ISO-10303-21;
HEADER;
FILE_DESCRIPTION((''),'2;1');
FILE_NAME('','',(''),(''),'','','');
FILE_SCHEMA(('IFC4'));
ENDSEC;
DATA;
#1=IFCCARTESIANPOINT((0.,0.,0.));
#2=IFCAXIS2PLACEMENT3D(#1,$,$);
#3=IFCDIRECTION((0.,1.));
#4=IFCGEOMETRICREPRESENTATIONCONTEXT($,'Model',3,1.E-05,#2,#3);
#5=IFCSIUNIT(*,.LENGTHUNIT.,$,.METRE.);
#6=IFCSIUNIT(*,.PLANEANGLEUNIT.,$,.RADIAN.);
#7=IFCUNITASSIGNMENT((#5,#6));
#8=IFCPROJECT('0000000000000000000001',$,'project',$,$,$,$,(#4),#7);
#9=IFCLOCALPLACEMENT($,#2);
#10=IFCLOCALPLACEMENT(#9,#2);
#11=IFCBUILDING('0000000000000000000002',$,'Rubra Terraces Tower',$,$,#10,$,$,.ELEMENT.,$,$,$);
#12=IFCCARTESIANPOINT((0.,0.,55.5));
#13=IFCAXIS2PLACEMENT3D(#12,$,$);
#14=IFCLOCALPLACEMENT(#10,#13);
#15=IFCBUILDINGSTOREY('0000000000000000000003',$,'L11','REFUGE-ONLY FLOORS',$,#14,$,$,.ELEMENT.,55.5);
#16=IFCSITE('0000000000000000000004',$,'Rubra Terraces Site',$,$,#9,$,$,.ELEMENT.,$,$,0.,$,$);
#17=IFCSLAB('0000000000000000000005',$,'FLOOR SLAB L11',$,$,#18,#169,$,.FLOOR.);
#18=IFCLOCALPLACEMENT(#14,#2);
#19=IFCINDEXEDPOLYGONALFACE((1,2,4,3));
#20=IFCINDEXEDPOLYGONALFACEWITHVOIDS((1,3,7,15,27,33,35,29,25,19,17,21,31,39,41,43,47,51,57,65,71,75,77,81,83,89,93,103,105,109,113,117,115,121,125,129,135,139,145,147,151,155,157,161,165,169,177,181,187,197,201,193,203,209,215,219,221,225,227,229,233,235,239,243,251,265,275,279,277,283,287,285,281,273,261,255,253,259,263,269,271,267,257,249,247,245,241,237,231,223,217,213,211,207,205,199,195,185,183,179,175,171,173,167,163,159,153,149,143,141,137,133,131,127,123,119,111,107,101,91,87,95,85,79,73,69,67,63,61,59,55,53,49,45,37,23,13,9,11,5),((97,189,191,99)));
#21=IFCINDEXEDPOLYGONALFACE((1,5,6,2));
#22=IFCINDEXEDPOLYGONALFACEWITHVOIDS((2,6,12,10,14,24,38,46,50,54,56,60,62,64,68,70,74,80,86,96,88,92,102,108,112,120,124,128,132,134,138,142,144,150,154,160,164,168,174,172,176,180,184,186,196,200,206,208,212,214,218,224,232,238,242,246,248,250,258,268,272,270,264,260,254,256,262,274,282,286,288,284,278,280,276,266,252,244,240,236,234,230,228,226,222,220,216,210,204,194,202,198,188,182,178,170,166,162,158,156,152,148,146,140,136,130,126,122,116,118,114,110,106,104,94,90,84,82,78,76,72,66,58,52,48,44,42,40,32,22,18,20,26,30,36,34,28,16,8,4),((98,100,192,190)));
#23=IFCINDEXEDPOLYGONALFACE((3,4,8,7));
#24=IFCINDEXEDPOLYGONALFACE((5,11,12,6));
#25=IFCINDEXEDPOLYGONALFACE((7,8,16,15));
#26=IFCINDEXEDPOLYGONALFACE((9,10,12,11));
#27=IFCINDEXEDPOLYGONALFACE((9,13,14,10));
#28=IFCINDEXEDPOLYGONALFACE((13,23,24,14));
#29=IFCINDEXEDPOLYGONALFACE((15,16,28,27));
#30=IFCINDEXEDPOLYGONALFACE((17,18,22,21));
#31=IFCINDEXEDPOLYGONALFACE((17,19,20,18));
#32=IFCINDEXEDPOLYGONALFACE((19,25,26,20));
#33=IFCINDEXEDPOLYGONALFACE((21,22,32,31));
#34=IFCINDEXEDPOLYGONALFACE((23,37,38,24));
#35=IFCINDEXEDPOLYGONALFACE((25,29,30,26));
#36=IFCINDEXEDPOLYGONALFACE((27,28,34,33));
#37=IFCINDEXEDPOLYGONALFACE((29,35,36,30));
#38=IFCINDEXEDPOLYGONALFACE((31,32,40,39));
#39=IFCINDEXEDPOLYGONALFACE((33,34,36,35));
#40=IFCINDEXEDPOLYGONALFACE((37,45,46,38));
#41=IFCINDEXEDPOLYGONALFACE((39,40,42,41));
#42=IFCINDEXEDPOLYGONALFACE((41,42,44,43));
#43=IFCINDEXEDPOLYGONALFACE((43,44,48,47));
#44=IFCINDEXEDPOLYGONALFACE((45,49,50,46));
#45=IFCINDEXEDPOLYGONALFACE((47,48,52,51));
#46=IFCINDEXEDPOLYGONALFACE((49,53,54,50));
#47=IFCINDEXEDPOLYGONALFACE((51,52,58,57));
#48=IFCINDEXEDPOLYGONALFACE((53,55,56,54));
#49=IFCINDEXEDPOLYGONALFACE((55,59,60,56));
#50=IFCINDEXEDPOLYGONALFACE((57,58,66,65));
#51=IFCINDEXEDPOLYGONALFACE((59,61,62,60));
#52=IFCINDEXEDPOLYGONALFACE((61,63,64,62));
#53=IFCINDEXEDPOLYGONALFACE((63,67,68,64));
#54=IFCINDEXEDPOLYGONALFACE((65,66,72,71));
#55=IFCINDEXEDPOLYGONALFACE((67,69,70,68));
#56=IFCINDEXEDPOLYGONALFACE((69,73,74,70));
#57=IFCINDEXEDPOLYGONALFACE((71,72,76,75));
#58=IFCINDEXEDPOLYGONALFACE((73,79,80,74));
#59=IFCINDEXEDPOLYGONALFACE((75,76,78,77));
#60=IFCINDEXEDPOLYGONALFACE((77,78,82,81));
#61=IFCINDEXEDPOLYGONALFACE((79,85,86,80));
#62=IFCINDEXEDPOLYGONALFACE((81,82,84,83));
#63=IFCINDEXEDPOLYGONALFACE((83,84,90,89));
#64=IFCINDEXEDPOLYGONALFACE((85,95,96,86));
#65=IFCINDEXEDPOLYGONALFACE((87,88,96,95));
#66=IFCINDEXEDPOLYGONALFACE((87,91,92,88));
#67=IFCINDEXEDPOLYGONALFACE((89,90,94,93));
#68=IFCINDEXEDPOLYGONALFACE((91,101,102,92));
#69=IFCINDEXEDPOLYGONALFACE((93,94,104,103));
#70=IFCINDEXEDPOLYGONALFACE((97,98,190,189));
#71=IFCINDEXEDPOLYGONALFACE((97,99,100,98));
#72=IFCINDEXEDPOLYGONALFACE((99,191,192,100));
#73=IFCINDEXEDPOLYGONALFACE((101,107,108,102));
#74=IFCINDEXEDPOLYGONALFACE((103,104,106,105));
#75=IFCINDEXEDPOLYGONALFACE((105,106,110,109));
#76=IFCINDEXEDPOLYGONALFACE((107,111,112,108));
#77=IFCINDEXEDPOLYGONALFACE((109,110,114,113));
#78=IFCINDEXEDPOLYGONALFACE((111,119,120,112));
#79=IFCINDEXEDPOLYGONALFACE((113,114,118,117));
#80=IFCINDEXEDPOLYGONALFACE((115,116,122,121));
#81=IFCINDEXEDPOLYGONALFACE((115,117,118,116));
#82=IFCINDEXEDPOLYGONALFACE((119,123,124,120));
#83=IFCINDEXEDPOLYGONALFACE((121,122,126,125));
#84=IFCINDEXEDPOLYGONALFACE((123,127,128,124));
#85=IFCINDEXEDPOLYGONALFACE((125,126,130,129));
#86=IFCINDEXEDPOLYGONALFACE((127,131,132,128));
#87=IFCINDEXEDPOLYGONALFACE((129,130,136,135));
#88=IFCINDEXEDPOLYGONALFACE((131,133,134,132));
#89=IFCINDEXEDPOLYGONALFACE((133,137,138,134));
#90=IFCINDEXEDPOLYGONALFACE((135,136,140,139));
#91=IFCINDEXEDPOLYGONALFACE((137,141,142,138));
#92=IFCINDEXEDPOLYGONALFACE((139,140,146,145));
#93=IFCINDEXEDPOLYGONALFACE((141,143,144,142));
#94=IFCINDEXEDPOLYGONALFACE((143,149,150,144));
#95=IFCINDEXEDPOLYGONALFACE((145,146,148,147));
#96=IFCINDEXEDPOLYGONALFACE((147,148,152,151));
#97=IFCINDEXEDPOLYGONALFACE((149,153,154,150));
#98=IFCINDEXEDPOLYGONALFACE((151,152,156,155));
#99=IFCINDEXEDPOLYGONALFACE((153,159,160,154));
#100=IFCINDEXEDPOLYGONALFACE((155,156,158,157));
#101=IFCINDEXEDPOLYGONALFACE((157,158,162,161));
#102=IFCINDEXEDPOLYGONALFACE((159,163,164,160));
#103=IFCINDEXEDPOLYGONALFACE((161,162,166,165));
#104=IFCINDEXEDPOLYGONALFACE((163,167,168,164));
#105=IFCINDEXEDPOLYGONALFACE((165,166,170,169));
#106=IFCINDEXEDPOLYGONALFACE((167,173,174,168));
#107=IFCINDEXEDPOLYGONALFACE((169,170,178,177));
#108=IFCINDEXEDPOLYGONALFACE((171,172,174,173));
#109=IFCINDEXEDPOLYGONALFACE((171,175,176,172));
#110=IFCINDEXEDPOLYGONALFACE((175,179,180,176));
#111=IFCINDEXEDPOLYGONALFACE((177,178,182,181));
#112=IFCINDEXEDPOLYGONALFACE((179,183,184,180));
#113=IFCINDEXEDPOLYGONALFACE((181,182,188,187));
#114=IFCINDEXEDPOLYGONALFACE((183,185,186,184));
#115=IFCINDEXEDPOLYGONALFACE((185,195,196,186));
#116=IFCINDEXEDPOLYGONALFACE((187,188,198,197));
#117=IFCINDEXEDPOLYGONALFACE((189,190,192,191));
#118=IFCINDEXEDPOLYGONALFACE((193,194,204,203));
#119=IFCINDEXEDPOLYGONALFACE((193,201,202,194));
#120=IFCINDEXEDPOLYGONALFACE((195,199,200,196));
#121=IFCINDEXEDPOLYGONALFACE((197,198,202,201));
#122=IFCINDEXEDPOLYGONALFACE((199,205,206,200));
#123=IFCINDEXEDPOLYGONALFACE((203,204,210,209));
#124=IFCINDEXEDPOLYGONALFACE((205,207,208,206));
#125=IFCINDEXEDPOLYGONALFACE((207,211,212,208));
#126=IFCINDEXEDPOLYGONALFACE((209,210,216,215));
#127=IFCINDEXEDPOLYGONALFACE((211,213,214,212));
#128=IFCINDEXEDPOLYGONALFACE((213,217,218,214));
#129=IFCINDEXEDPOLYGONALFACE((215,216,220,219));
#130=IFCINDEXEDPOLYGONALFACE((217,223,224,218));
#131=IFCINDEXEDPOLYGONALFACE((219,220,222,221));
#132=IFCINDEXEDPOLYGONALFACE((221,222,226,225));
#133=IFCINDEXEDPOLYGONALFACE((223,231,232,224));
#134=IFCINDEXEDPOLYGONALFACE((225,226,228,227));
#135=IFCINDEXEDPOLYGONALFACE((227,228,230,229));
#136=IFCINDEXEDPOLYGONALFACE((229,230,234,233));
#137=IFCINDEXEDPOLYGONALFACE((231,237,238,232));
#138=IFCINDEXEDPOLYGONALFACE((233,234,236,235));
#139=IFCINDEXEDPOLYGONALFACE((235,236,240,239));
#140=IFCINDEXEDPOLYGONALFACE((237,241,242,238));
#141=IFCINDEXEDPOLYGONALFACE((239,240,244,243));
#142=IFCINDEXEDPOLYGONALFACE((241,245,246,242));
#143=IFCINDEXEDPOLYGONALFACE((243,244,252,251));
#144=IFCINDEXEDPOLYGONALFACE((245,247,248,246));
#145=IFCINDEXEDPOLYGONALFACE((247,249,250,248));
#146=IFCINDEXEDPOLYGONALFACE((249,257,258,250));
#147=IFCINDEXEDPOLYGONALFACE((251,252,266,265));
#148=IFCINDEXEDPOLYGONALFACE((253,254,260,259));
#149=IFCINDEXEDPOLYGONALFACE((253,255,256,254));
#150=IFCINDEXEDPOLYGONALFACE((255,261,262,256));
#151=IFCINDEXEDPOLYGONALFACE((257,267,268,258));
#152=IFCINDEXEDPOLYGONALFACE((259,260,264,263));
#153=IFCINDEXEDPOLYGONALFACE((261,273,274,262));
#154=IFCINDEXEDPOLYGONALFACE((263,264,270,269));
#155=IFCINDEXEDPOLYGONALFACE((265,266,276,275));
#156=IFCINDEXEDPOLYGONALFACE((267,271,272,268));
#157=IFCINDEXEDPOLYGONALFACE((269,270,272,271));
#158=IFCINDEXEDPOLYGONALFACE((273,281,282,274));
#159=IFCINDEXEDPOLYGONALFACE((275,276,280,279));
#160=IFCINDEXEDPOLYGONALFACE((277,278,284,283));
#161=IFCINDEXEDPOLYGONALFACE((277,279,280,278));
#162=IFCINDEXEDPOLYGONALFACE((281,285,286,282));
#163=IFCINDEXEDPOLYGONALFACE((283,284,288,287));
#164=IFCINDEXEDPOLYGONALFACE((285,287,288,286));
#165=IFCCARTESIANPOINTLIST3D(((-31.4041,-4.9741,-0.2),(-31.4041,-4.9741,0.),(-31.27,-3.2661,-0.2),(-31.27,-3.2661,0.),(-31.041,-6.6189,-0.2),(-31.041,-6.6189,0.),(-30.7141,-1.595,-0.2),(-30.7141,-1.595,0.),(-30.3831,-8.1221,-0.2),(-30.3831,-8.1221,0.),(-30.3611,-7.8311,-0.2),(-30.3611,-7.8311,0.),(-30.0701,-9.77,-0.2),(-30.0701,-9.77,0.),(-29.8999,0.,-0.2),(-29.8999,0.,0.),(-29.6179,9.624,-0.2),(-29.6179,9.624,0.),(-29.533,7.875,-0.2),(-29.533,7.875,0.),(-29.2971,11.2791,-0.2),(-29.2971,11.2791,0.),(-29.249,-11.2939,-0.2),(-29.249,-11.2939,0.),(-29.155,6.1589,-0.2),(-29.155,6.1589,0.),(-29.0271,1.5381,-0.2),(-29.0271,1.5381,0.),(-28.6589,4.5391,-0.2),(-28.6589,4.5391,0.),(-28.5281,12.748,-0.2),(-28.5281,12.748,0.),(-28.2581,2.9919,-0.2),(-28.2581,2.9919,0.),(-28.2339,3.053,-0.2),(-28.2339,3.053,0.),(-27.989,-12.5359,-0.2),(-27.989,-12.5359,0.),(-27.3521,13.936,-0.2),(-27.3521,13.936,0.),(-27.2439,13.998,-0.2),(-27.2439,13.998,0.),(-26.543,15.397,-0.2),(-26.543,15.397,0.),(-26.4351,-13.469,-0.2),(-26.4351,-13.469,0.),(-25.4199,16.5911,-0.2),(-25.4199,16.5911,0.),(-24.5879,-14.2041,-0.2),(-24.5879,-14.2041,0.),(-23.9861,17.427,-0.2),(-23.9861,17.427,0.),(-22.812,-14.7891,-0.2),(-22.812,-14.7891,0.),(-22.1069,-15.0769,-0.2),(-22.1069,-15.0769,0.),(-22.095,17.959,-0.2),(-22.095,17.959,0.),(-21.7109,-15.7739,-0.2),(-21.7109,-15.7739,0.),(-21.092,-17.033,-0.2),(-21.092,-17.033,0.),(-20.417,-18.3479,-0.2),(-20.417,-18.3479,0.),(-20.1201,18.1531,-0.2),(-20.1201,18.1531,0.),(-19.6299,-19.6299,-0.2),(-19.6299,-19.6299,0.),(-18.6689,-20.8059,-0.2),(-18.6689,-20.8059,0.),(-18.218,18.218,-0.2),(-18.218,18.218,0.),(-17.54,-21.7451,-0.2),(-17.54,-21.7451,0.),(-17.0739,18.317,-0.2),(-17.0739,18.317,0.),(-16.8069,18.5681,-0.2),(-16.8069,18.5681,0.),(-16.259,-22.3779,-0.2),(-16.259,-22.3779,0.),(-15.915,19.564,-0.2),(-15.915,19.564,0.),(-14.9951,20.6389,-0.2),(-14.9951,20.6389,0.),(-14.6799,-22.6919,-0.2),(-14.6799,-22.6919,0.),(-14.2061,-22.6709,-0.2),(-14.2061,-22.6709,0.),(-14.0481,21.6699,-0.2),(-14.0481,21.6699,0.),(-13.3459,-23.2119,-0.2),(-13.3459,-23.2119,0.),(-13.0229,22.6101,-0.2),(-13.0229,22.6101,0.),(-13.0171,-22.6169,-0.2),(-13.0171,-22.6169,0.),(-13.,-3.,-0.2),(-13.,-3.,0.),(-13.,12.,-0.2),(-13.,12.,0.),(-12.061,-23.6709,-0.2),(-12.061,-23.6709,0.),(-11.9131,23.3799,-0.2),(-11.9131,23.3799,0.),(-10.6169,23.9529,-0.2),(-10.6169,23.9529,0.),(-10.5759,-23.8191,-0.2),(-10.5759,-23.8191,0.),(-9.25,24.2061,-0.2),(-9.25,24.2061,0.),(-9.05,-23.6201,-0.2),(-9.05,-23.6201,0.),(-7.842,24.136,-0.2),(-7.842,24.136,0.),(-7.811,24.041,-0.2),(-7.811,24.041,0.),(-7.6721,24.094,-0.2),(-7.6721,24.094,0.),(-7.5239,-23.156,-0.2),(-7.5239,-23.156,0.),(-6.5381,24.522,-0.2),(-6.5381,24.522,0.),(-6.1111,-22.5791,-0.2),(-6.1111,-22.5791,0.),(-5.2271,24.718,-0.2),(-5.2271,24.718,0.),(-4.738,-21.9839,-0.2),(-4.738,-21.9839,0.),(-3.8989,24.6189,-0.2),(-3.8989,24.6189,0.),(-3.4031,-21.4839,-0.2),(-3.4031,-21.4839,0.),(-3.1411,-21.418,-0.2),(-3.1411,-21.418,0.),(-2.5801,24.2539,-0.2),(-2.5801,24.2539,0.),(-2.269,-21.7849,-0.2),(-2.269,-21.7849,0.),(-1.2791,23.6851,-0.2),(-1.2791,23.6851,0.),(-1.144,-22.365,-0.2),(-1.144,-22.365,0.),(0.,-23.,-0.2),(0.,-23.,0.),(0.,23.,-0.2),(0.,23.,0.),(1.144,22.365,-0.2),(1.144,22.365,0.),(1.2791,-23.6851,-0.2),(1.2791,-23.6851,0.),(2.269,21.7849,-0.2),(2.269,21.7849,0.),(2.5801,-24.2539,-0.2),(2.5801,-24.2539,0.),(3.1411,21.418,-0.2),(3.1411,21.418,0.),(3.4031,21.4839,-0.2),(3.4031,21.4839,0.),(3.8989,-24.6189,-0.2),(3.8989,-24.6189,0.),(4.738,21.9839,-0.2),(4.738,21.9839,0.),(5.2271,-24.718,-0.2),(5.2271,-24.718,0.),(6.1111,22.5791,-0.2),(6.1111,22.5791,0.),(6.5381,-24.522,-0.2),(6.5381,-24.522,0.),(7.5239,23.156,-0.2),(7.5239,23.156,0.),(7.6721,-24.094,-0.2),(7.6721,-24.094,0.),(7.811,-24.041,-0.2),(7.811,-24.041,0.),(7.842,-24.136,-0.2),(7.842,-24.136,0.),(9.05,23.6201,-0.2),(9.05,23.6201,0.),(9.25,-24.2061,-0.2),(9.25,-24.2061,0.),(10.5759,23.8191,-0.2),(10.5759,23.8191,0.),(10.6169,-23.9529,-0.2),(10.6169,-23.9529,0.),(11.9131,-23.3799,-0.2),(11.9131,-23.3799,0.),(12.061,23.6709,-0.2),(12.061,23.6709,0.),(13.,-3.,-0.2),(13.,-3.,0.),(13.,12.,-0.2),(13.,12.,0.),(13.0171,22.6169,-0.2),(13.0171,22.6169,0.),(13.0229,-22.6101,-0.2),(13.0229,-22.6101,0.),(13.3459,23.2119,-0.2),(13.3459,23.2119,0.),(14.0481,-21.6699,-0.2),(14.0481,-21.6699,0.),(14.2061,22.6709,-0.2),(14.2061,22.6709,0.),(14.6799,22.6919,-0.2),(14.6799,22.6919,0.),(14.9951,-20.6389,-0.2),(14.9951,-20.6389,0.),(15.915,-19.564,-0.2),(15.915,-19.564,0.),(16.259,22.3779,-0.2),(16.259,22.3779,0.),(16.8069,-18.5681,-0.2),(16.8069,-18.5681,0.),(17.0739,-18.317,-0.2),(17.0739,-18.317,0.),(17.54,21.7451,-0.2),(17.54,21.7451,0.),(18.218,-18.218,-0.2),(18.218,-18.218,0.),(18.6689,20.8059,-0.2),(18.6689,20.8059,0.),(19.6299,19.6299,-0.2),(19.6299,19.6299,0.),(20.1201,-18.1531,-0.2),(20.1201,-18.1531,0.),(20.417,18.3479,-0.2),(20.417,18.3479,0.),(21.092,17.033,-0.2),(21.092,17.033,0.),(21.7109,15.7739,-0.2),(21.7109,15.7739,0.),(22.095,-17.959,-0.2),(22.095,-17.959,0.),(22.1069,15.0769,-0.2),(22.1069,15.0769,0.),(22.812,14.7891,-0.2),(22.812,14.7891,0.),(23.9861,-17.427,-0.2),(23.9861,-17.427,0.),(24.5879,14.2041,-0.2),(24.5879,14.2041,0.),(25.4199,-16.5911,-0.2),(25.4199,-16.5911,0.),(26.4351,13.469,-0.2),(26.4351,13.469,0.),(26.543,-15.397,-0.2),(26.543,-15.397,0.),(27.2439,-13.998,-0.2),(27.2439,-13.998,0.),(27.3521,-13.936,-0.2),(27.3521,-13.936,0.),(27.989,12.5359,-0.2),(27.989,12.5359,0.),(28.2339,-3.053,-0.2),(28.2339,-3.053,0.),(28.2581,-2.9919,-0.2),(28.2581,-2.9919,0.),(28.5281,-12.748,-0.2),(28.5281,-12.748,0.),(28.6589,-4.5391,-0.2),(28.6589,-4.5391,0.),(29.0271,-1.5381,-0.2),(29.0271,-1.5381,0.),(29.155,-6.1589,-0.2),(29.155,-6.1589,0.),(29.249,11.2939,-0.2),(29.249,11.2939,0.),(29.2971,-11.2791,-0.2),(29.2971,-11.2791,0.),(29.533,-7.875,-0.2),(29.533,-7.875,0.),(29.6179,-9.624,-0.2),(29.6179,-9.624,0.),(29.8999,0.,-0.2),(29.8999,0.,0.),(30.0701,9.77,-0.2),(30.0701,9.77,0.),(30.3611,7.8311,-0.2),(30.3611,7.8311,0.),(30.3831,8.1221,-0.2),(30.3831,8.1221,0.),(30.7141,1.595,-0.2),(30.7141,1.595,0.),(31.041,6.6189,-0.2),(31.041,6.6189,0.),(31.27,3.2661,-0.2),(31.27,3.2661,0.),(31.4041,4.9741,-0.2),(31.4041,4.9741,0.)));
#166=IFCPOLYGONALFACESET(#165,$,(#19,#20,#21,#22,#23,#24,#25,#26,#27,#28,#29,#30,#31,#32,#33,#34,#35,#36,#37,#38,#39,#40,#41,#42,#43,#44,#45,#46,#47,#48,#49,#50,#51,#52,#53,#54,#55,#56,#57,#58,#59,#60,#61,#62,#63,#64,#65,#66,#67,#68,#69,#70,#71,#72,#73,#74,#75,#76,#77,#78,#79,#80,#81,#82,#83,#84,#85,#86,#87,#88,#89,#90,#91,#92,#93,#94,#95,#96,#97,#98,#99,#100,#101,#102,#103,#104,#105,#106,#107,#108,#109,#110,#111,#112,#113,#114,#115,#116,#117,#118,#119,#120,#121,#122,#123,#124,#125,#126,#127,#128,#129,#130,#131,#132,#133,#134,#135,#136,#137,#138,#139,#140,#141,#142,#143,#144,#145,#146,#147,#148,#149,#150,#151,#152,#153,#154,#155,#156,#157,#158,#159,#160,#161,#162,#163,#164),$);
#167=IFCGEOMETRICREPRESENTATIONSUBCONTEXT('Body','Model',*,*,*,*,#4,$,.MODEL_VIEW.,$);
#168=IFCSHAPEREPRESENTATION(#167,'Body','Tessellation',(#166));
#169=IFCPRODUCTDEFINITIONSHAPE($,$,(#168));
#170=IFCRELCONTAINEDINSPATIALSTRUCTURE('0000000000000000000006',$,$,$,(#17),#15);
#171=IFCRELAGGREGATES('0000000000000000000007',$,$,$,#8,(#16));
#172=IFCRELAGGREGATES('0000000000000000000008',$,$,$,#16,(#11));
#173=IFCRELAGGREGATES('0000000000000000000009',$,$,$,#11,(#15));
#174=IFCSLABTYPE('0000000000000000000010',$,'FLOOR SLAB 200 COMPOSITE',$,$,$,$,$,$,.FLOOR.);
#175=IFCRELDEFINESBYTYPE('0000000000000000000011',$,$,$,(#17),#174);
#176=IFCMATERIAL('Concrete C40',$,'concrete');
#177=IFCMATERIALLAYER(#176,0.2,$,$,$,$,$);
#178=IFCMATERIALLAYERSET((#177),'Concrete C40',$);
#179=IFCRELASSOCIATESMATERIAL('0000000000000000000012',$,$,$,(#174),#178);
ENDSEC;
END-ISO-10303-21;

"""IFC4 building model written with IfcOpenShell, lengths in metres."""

from ifc_helpers import new_model, si_unit, direction, frame, origin, place, context, subcontext, project, spatial, polyline, outline, extrude, material, layer, layer_set, type_object, element, save


model = new_model("IFC4")

# Units and contexts
model_context = context("Model", 3, precision=1e-05, world=origin(), true_north=direction((0.0, 1.0)))
body_context = subcontext(model_context, "Body", "Model", "MODEL_VIEW")
ifc_project = project(units=[si_unit("LENGTHUNIT", "METRE"), si_unit("PLANEANGLEUNIT", "RADIAN")], contexts=[model_context])

# Site, building, storey
site_placement = place(None, origin())
site = spatial("IfcSite", under=ifc_project, at=site_placement, Name="Rubra Terraces Site", CompositionType="ELEMENT", RefElevation=0.0)
building_placement = place(site_placement, origin())
building = spatial("IfcBuilding", under=site, at=building_placement, Name="Rubra Terraces Tower", CompositionType="ELEMENT")
storey_placement = place(building_placement, frame((0.0, 0.0, 55.5)))
storey = spatial("IfcBuildingStorey", under=building, at=storey_placement, Name="L11", Description="REFUGE-ONLY FLOORS", CompositionType="ELEMENT", Elevation=55.5)

# Slab
ifc_material_1 = material(Name="Concrete C40", Category="concrete")
ifc_layer_1 = layer(ifc_material_1, 0.2)
ifc_layer_set_1 = layer_set([ifc_layer_1], Name="Concrete C40")
slab_type = type_object("IfcSlabType", Name="FLOOR SLAB 200 COMPOSITE", PredefinedType="FLOOR", material=ifc_layer_set_1)
slab_placement = place(storey_placement, frame((0.0, 0.0, -0.2)))
element("IfcSlab", 1, at=slab_placement, inside=storey, type_object=slab_type, Name="FLOOR SLAB L11", PredefinedType="FLOOR", context=body_context, shape_type="SweptSolid", body=[
    extrude(outline(polyline([(-3.4031, -21.4839), (-3.1411, -21.418), (-2.269, -21.7849), (-1.144, -22.365), (0.0, -23.0), (1.2791, -23.6851), (2.5801, -24.2539), (3.8989, -24.6189), (5.2271, -24.718), (6.5381, -24.522), (7.811, -24.041), (7.6721, -24.094), (7.842, -24.136), (9.25, -24.2061), (10.6169, -23.9529), (11.9131, -23.3799), (13.0229, -22.6101), (14.0481, -21.6699), (14.9951, -20.6389), (15.915, -19.564), (16.8069, -18.5681), (17.074, -18.3169), (16.6909, -18.3501), (18.218, -18.218), (20.1201, -18.1531), (22.095, -17.959), (23.9861, -17.427), (25.4199, -16.5911), (26.543, -15.397), (27.2439, -13.998), (27.3521, -13.936), (28.5281, -12.748), (29.2971, -11.2791), (29.6179, -9.624), (29.533, -7.875), (29.155, -6.1589), (28.6589, -4.5391), (28.2339, -3.053), (28.2581, -2.9919), (29.0271, -1.5381), (29.8999, 0.0), (30.7141, 1.595), (31.27, 3.2661), (31.4041, 4.9741), (31.041, 6.6189), (30.3611, 7.8311), (30.3831, 8.1221), (30.0701, 9.77), (29.249, 11.2939), (27.989, 12.5359), (26.4351, 13.469), (24.5879, 14.2041), (22.812, 14.7891), (22.1069, 15.0769), (21.7109, 15.7739), (21.092, 17.033), (20.417, 18.3479), (19.6299, 19.6299), (18.6689, 20.8059), (17.54, 21.7451), (16.259, 22.3779), (14.6799, 22.6919), (13.0171, 22.6169), (14.2061, 22.6709), (13.3459, 23.2119), (12.061, 23.6709), (10.5759, 23.8191), (9.05, 23.6201), (7.5239, 23.156), (6.1111, 22.5791), (4.738, 21.9839), (3.4031, 21.4839), (3.1411, 21.418), (2.269, 21.7849), (1.144, 22.365), (0.0, 23.0), (-1.2791, 23.6851), (-2.5801, 24.2539), (-3.8989, 24.6189), (-5.2271, 24.718), (-6.5381, 24.522), (-7.811, 24.041), (-7.6721, 24.094), (-7.842, 24.136), (-9.25, 24.2061), (-10.6169, 23.9529), (-11.9131, 23.3799), (-13.0229, 22.6101), (-14.0481, 21.6699), (-14.9951, 20.6389), (-15.915, 19.564), (-16.8069, 18.5681), (-17.074, 18.3169), (-16.6909, 18.3501), (-18.218, 18.218), (-20.1201, 18.1531), (-22.095, 17.959), (-23.9861, 17.427), (-25.4199, 16.5911), (-26.543, 15.397), (-27.2439, 13.998), (-27.3521, 13.936), (-28.5281, 12.748), (-29.2971, 11.2791), (-29.6179, 9.624), (-29.533, 7.875), (-29.155, 6.1589), (-28.6589, 4.5391), (-28.2339, 3.053), (-28.2581, 2.9919), (-29.0271, 1.5381), (-29.8999, 0.0), (-30.7141, -1.595), (-31.27, -3.2661), (-31.4041, -4.9741), (-31.041, -6.6189), (-30.3611, -7.8311), (-30.3831, -8.1221), (-30.0701, -9.77), (-29.249, -11.2939), (-27.989, -12.5359), (-26.4351, -13.469), (-24.5879, -14.2041), (-22.812, -14.7891), (-22.1069, -15.0769), (-21.7109, -15.7739), (-21.092, -17.033), (-20.417, -18.3479), (-19.6299, -19.6299), (-18.6689, -20.8059), (-17.54, -21.7451), (-16.259, -22.3779), (-14.6799, -22.6919), (-13.0171, -22.6169), (-14.2061, -22.6709), (-13.3459, -23.2119), (-12.061, -23.6709), (-10.5759, -23.8191), (-9.05, -23.6201), (-7.5239, -23.156), (-6.1111, -22.5791), (-4.738, -21.9839), (-3.4031, -21.4839)]), holes=[polyline([(13.0, 12.0), (13.0, -3.0), (-13.0, -3.0), (-13.0, 12.0), (13.0, 12.0)])]), origin(), (0.0, 0.0, 1.0), 0.2),
])

save(model, "model.ifc")
